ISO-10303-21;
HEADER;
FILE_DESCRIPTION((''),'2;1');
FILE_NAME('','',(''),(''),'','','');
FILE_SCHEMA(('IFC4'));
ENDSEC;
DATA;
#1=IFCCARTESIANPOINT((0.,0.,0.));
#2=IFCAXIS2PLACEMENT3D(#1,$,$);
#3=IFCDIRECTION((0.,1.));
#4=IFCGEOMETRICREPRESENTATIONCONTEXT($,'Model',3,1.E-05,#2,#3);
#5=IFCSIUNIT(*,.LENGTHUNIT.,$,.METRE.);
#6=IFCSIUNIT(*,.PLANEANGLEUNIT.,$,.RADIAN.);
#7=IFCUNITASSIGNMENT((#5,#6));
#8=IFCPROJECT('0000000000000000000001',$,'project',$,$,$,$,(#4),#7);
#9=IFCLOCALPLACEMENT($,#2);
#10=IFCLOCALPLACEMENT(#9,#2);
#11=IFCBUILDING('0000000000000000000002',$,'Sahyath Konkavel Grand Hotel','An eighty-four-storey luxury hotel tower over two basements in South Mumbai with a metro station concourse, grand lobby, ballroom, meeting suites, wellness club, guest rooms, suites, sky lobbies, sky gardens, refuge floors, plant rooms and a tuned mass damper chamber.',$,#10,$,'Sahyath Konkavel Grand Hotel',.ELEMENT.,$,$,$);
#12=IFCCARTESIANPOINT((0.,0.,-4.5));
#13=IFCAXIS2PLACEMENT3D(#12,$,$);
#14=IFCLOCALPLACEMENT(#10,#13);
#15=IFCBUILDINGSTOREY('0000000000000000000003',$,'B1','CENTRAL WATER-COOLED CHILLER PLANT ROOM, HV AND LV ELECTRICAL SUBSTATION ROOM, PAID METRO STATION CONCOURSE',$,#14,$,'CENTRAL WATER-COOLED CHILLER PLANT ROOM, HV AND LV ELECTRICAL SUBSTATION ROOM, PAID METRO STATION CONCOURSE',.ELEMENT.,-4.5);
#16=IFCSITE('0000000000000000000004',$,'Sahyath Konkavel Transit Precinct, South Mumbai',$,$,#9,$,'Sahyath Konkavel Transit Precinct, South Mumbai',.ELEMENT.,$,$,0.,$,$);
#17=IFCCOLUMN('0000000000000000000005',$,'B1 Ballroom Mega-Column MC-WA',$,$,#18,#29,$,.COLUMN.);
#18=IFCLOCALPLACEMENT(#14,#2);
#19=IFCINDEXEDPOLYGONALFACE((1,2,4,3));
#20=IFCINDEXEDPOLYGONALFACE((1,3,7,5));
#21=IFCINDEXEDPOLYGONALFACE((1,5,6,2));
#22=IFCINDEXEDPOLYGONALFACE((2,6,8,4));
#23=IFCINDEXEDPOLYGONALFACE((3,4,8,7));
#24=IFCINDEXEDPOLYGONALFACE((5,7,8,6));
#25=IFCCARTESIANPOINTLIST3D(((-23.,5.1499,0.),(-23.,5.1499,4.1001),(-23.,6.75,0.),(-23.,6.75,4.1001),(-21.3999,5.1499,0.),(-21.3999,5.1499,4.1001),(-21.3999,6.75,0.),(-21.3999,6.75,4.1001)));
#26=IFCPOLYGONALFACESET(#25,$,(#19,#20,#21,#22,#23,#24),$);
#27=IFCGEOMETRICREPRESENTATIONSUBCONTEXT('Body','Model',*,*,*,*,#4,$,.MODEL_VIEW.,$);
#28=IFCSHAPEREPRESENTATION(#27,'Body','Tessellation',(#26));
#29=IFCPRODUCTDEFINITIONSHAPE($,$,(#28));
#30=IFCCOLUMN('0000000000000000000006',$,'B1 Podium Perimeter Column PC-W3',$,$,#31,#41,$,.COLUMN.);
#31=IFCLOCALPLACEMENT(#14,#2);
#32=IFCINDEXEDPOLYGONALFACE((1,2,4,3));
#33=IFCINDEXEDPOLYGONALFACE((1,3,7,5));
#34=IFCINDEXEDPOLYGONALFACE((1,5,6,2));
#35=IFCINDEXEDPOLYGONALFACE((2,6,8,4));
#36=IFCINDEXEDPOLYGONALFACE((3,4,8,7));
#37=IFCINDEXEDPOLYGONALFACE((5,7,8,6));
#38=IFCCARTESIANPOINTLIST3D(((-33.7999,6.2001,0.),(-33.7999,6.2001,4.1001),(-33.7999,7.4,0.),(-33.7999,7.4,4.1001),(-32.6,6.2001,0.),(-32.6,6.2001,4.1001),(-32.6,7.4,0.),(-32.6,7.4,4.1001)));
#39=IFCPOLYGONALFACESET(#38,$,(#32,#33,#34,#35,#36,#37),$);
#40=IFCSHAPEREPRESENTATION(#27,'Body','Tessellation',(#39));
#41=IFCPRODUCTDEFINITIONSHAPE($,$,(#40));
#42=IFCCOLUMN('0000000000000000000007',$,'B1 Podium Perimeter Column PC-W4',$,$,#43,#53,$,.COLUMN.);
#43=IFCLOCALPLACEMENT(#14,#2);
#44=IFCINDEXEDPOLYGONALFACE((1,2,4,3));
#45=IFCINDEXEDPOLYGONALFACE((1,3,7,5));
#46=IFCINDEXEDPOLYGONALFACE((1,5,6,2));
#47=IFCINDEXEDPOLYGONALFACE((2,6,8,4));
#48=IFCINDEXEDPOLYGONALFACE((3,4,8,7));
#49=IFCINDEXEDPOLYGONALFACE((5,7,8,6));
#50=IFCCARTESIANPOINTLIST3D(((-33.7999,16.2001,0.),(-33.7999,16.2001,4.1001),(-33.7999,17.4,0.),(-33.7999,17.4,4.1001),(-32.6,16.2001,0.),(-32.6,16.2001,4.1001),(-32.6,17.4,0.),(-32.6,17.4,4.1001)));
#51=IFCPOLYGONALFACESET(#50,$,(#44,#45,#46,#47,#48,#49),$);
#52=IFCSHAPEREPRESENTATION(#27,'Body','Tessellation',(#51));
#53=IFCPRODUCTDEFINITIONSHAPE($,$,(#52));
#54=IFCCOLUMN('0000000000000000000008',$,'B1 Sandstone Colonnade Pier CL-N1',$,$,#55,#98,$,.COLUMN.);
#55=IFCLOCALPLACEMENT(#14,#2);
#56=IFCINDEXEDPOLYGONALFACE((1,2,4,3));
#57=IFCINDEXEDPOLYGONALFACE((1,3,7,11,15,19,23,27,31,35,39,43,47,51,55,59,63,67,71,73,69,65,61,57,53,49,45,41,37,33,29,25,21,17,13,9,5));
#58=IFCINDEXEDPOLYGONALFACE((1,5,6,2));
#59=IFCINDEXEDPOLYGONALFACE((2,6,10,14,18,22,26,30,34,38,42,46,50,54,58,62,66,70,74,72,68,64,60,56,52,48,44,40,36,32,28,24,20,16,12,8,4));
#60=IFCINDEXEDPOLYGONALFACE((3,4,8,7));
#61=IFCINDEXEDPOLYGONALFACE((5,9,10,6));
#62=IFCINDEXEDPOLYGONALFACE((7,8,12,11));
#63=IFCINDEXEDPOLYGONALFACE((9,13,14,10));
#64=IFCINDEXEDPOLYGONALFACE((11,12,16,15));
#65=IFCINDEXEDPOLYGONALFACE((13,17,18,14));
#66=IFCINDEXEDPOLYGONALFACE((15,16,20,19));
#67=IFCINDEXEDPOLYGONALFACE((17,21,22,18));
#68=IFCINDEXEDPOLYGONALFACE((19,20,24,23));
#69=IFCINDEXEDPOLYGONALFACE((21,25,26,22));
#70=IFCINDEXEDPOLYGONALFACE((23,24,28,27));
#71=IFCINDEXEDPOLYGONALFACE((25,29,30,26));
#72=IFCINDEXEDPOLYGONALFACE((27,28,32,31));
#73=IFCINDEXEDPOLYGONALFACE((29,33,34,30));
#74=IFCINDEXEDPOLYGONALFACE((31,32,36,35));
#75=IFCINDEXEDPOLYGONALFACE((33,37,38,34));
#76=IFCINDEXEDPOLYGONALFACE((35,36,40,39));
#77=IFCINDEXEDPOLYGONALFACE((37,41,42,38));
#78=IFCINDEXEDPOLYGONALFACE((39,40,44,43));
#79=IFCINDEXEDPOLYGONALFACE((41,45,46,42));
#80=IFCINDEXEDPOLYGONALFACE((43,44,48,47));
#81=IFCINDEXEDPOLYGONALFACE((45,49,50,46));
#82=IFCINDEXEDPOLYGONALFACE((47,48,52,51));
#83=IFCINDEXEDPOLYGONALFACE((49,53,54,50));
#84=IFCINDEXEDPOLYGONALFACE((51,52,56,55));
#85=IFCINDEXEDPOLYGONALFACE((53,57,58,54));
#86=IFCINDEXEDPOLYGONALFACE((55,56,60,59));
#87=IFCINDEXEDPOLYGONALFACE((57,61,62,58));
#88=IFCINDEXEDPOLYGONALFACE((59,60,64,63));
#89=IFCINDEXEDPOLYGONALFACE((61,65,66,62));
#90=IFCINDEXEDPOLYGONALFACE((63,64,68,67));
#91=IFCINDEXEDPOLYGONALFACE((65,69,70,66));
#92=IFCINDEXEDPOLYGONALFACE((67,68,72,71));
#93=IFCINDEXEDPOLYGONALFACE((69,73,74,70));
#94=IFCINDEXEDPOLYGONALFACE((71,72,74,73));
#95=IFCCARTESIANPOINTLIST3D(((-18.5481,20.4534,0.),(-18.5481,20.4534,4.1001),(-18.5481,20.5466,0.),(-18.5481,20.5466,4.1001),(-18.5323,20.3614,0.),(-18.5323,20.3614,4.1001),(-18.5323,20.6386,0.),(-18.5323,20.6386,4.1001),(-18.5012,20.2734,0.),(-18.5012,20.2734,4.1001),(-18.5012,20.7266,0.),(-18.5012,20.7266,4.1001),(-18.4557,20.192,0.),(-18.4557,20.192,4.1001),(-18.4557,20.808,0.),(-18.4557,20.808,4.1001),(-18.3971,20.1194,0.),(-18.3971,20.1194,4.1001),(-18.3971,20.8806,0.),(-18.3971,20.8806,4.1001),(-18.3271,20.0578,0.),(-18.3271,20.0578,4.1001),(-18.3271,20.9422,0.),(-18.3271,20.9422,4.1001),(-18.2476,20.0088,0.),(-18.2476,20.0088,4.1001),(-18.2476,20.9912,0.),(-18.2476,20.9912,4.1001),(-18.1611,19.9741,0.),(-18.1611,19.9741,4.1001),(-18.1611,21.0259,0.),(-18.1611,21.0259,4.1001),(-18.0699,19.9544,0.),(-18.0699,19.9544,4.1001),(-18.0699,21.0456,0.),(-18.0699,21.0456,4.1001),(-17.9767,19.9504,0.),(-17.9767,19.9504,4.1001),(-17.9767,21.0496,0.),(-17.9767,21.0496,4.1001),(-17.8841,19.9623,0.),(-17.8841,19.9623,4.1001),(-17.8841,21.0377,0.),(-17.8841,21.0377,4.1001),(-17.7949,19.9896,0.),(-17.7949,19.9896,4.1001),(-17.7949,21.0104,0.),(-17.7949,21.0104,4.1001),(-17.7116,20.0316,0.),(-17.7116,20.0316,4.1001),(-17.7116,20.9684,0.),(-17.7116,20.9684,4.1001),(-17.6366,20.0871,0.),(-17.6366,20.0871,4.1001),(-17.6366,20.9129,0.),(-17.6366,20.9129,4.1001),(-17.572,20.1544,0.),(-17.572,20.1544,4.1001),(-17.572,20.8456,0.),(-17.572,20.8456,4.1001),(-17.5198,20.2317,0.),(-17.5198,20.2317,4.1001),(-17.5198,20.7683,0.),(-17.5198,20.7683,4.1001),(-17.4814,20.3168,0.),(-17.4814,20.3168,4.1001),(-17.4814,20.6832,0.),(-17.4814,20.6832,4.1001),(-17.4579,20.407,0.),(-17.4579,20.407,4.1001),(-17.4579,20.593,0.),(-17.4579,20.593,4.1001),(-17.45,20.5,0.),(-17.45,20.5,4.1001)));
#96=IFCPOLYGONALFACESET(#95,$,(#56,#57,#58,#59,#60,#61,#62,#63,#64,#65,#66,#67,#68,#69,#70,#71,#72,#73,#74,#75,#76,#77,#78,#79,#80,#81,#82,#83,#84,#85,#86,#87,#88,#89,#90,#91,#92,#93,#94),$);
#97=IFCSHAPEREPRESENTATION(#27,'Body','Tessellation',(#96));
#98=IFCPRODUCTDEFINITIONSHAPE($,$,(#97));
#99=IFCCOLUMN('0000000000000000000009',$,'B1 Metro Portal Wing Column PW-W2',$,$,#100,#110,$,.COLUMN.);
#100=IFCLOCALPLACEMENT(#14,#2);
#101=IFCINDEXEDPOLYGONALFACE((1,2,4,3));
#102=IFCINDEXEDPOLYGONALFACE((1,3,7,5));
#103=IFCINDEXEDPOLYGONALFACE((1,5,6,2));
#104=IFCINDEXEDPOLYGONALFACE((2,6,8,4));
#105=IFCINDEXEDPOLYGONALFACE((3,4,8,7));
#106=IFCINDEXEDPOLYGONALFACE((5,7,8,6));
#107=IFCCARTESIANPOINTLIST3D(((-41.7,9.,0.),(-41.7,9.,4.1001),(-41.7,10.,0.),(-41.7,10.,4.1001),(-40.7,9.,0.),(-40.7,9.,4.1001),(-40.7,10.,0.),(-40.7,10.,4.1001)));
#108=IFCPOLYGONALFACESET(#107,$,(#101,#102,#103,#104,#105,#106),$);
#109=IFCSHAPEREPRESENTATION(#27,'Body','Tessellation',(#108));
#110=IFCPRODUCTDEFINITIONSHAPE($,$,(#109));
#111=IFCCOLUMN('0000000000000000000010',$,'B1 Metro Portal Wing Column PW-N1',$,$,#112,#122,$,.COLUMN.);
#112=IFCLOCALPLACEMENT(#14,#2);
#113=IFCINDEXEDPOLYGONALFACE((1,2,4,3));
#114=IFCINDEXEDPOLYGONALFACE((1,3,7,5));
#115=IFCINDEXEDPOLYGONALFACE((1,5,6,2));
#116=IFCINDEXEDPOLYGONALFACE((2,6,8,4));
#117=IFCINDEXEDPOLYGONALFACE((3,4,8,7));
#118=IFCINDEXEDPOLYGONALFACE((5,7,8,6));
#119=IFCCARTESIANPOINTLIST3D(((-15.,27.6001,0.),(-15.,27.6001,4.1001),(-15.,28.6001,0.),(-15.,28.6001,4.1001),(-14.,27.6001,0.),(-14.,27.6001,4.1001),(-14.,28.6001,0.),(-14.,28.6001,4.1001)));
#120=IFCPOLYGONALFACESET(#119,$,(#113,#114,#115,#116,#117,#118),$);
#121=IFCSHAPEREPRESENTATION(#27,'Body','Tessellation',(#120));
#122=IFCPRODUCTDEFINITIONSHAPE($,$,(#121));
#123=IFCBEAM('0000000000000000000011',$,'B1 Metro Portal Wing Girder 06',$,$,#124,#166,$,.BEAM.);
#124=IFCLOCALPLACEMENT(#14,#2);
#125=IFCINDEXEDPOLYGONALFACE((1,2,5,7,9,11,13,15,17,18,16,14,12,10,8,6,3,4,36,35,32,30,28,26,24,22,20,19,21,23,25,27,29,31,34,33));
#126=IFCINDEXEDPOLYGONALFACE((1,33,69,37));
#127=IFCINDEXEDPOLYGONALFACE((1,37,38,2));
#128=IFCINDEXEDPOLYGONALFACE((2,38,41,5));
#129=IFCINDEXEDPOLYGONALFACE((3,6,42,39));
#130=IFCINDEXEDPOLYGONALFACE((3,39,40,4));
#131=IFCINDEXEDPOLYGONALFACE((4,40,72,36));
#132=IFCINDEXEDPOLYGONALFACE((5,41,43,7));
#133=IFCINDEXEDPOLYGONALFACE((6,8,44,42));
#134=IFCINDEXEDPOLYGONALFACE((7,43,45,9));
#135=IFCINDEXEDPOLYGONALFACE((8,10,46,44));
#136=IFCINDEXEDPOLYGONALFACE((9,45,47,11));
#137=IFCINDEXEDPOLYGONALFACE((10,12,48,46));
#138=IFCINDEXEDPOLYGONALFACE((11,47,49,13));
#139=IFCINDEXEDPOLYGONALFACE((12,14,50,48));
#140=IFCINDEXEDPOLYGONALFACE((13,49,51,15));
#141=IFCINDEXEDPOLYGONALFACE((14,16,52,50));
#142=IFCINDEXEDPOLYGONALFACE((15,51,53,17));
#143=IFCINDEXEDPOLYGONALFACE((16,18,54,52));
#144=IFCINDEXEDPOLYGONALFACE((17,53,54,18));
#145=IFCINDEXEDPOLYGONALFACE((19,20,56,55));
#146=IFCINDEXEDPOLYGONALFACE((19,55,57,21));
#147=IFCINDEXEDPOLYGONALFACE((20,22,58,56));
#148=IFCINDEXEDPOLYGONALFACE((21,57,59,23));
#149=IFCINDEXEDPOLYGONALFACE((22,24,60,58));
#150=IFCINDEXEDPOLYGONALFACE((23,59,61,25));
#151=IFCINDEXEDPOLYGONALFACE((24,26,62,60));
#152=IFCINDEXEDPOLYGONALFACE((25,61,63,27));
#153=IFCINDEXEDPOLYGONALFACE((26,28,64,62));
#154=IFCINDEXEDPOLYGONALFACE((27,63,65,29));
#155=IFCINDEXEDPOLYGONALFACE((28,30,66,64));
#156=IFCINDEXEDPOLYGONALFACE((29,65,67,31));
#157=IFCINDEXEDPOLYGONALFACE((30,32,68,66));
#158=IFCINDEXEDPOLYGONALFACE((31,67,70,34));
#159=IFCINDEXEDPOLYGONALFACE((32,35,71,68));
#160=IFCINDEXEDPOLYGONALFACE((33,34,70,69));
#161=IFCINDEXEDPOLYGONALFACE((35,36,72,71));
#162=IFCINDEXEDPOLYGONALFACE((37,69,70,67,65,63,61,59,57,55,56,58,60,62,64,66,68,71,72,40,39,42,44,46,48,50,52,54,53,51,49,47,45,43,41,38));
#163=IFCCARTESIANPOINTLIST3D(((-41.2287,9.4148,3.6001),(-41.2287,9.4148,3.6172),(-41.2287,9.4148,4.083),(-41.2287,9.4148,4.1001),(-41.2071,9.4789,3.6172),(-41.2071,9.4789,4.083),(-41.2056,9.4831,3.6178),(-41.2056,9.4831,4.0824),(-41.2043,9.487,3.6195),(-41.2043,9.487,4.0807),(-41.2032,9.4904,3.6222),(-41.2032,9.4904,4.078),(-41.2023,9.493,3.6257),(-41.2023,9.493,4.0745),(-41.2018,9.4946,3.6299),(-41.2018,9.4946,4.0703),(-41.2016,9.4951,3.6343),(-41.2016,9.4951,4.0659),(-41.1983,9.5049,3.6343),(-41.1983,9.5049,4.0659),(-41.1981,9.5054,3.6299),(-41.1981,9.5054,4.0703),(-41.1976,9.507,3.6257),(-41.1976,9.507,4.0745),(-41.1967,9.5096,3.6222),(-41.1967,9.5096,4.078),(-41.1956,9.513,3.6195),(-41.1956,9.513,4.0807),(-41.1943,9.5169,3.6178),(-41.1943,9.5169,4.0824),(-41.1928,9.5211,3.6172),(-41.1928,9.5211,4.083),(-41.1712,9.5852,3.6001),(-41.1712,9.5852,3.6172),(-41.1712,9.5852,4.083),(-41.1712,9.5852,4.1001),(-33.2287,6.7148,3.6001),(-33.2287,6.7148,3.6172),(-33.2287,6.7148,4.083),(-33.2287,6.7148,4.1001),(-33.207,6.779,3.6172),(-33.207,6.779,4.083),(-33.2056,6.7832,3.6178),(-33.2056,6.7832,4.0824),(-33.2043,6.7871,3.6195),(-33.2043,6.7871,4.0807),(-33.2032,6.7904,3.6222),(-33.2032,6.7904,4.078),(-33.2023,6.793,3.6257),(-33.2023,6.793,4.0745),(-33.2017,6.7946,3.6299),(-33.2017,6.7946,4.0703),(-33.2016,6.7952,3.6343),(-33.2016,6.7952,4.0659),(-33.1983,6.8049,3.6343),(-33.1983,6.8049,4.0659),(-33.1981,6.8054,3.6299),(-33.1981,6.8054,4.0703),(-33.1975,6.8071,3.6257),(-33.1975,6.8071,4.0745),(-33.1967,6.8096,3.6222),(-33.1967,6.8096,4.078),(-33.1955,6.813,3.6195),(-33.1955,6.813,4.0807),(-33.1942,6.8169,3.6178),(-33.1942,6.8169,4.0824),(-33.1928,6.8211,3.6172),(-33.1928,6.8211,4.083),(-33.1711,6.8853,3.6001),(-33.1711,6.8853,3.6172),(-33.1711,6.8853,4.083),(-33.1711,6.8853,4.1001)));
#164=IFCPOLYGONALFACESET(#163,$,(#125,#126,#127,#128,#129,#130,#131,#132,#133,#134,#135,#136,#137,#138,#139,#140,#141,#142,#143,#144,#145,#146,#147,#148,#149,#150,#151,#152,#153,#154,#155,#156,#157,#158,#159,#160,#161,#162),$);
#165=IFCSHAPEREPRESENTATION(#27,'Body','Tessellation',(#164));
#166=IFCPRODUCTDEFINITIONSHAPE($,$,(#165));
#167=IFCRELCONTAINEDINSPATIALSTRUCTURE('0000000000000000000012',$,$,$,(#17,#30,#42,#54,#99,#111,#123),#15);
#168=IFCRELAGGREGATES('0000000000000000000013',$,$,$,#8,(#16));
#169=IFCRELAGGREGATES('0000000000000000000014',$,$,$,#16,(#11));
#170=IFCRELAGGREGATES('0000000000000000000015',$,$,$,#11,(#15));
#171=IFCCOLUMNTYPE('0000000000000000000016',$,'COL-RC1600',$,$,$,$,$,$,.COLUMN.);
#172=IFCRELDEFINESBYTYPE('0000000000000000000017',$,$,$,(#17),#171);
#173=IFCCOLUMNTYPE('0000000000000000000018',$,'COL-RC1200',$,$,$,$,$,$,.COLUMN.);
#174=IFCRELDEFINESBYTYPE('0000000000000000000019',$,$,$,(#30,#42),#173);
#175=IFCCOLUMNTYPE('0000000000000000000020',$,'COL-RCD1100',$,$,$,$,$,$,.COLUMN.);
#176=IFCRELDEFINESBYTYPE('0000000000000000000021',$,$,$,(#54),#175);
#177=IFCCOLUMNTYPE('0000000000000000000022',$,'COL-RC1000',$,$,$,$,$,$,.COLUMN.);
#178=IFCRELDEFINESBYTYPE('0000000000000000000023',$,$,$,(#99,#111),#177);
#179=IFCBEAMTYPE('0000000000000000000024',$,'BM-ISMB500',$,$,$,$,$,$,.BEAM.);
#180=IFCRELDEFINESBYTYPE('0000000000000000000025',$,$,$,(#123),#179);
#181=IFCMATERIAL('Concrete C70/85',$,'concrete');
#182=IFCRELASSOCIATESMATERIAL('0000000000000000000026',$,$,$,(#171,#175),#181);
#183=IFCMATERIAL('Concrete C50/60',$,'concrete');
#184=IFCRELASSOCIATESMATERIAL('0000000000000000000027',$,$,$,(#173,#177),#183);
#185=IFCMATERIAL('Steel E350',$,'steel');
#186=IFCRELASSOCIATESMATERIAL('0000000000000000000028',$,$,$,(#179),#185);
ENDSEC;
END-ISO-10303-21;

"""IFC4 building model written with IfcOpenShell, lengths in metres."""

from ifc_helpers import new_model, si_unit, direction, frame, origin, origin_2d, place, context, subcontext, project, spatial, rectangle, circle, i_section, extrude, source, transform, mapped, material, material_profile, profile_set, type_object, element, save


model = new_model("IFC4")

# Units and contexts
model_context = context("Model", 3, precision=1e-05, world=origin(), true_north=direction((0.0, 1.0)))
body_context = subcontext(model_context, "Body", "Model", "MODEL_VIEW")
ifc_project = project(units=[si_unit("LENGTHUNIT", "METRE"), si_unit("PLANEANGLEUNIT", "RADIAN")], contexts=[model_context])

# Site, building, storey
site_placement = place(None, origin())
site = spatial("IfcSite", under=ifc_project, at=site_placement, Name="Sahyath Konkavel Transit Precinct, South Mumbai", LongName="Sahyath Konkavel Transit Precinct, South Mumbai", CompositionType="ELEMENT", RefElevation=0.0)
building_placement = place(site_placement, origin())
building = spatial("IfcBuilding", under=site, at=building_placement, Name="Sahyath Konkavel Grand Hotel", Description="An eighty-four-storey luxury hotel tower over two basements in South Mumbai with a metro station concourse, grand lobby, ballroom, meeting suites, wellness club, guest rooms, suites, sky lobbies, sky gardens, refuge floors, plant rooms and a tuned mass damper chamber.", LongName="Sahyath Konkavel Grand Hotel", CompositionType="ELEMENT")
storey_placement = place(building_placement, frame((0.0, 0.0, -4.5)))
storey = spatial("IfcBuildingStorey", under=building, at=storey_placement, Name="B1", Description="CENTRAL WATER-COOLED CHILLER PLANT ROOM, HV AND LV ELECTRICAL SUBSTATION ROOM, PAID METRO STATION CONCOURSE", LongName="CENTRAL WATER-COOLED CHILLER PLANT ROOM, HV AND LV ELECTRICAL SUBSTATION ROOM, PAID METRO STATION CONCOURSE", CompositionType="ELEMENT", Elevation=-4.5)

# Columns
ifc_material_1 = material(Name="Concrete C70/85", Category="concrete")
ifc_material_profile_1 = material_profile(ifc_material_1, rectangle(XDim=1.6001, YDim=1.6001, at=origin_2d()), Name="RC 1600x1600")
ifc_profile_set_1 = profile_set([ifc_material_profile_1], Name="Concrete C70/85")
column_type_1 = type_object("IfcColumnType", Name="COL-RC1600", PredefinedType="COLUMN", material=ifc_profile_set_1)
shared_shape_1 = source(origin(), body_context, "Body", "SweptSolid", [
    extrude(rectangle(XDim=1.6001, YDim=1.6001, at=origin_2d()), origin(), (0.0, 0.0, 1.0), 4.1001),
])
column_1_placement = place(storey_placement, frame((-22.2, 5.95, 0.0), z_axis=(0.0, 0.0, 1.0), x_axis=(1.0, 0.0, 0.0)))
element("IfcColumn", 1, at=column_1_placement, inside=storey, type_object=column_type_1, Name="B1 Ballroom Mega-Column MC-WA", PredefinedType="COLUMN", context=body_context, shape_type="MappedRepresentation", body=[
    mapped(shared_shape_1, transform((0.0, 0.0, 0.0), scale=1.0)),
])
ifc_material_2 = material(Name="Concrete C50/60", Category="concrete")
ifc_material_profile_2 = material_profile(ifc_material_2, rectangle(XDim=1.2, YDim=1.2, at=origin_2d()), Name="RC 1200x1200")
ifc_profile_set_2 = profile_set([ifc_material_profile_2], Name="Concrete C50/60")
column_type_2 = type_object("IfcColumnType", Name="COL-RC1200", PredefinedType="COLUMN", material=ifc_profile_set_2)
shared_shape_2 = source(origin(), body_context, "Body", "SweptSolid", [
    extrude(rectangle(XDim=1.2, YDim=1.2, at=origin_2d()), origin(), (0.0, 0.0, 1.0), 4.1001),
])
for number, where, z_axis, x_axis, name in (
    (2, (-33.2, 6.8, 0.0), (0.0, 0.0, 1.0), (1.0, 0.0, 0.0), "B1 Podium Perimeter Column PC-W3"),
    (3, (-33.2, 16.8, 0.0), (0.0, 0.0, 1.0), (1.0, 0.0, 0.0), "B1 Podium Perimeter Column PC-W4"),
):
    element("IfcColumn", number, at=place(storey_placement, frame(where, z_axis=z_axis, x_axis=x_axis)), inside=storey, type_object=column_type_2, Name=name, PredefinedType="COLUMN", context=body_context, shape_type="MappedRepresentation", body=[
        mapped(shared_shape_2, transform((0.0, 0.0, 0.0), scale=1.0)),
    ])
ifc_material_profile_3 = material_profile(ifc_material_1, circle(Radius=0.55, at=origin_2d()), Name="RC D1100")
ifc_profile_set_3 = profile_set([ifc_material_profile_3], Name="Concrete C70/85")
column_type_3 = type_object("IfcColumnType", Name="COL-RCD1100", PredefinedType="COLUMN", material=ifc_profile_set_3)
shared_shape_3 = source(origin(), body_context, "Body", "SweptSolid", [
    extrude(circle(Radius=0.55, at=origin_2d()), origin(), (0.0, 0.0, 1.0), 4.1001),
])
column_2_placement = place(storey_placement, frame((-18.0, 20.5, 0.0), z_axis=(0.0, 0.0, 1.0), x_axis=(1.0, 0.0, 0.0)))
element("IfcColumn", 4, at=column_2_placement, inside=storey, type_object=column_type_3, Name="B1 Sandstone Colonnade Pier CL-N1", PredefinedType="COLUMN", context=body_context, shape_type="MappedRepresentation", body=[
    mapped(shared_shape_3, transform((0.0, 0.0, 0.0), scale=1.0)),
])
ifc_material_profile_4 = material_profile(ifc_material_2, rectangle(XDim=1.0, YDim=1.0, at=origin_2d()), Name="RC 1000x1000")
ifc_profile_set_4 = profile_set([ifc_material_profile_4], Name="Concrete C50/60")
column_type_4 = type_object("IfcColumnType", Name="COL-RC1000", PredefinedType="COLUMN", material=ifc_profile_set_4)
shared_shape_4 = source(origin(), body_context, "Body", "SweptSolid", [
    extrude(rectangle(XDim=1.0, YDim=1.0, at=origin_2d()), origin(), (0.0, 0.0, 1.0), 4.1001),
])
for number, where, z_axis, x_axis, name in (
    (5, (-41.2, 9.5, 0.0), (0.0, 0.0, 1.0), (1.0, 0.0, 0.0), "B1 Metro Portal Wing Column PW-W2"),
    (6, (-14.5, 28.1001, 0.0), (0.0, 0.0, 1.0), (1.0, 0.0, 0.0), "B1 Metro Portal Wing Column PW-N1"),
):
    element("IfcColumn", number, at=place(storey_placement, frame(where, z_axis=z_axis, x_axis=x_axis)), inside=storey, type_object=column_type_4, Name=name, PredefinedType="COLUMN", context=body_context, shape_type="MappedRepresentation", body=[
        mapped(shared_shape_4, transform((0.0, 0.0, 0.0), scale=1.0)),
    ])

# Beam
ifc_material_3 = material(Name="Steel E350", Category="steel")
ifc_material_profile_5 = material_profile(ifc_material_3, i_section(OverallWidth=0.1799, OverallDepth=0.5, WebThickness=0.0103, FlangeThickness=0.0171, FilletRadius=0.0171, at=origin_2d()), Name="ISMB 500")
ifc_profile_set_5 = profile_set([ifc_material_profile_5], Name="Steel E350")
beam_type_1 = type_object("IfcBeamType", Name="BM-ISMB500", PredefinedType="BEAM", material=ifc_profile_set_5)
shared_shape_5 = source(origin(), body_context, "Body", "SweptSolid", [
    extrude(i_section(OverallWidth=0.1799, OverallDepth=0.5, WebThickness=0.0103, FlangeThickness=0.0171, FilletRadius=0.0171, at=origin_2d()), origin(), (0.0, 0.0, 1.0), 8.4434),
])
beam_1_placement = place(storey_placement, frame((-41.2, 9.5, 3.8501), z_axis=(0.947494, -0.319773, 0.0), x_axis=(0.319773, 0.947494, 0.0)))
element("IfcBeam", 7, at=beam_1_placement, inside=storey, type_object=beam_type_1, Name="B1 Metro Portal Wing Girder 06", PredefinedType="BEAM", context=body_context, shape_type="MappedRepresentation", body=[
    mapped(shared_shape_5, transform((0.0, 0.0, 0.0), scale=1.0)),
])

save(model, "model.ifc")
